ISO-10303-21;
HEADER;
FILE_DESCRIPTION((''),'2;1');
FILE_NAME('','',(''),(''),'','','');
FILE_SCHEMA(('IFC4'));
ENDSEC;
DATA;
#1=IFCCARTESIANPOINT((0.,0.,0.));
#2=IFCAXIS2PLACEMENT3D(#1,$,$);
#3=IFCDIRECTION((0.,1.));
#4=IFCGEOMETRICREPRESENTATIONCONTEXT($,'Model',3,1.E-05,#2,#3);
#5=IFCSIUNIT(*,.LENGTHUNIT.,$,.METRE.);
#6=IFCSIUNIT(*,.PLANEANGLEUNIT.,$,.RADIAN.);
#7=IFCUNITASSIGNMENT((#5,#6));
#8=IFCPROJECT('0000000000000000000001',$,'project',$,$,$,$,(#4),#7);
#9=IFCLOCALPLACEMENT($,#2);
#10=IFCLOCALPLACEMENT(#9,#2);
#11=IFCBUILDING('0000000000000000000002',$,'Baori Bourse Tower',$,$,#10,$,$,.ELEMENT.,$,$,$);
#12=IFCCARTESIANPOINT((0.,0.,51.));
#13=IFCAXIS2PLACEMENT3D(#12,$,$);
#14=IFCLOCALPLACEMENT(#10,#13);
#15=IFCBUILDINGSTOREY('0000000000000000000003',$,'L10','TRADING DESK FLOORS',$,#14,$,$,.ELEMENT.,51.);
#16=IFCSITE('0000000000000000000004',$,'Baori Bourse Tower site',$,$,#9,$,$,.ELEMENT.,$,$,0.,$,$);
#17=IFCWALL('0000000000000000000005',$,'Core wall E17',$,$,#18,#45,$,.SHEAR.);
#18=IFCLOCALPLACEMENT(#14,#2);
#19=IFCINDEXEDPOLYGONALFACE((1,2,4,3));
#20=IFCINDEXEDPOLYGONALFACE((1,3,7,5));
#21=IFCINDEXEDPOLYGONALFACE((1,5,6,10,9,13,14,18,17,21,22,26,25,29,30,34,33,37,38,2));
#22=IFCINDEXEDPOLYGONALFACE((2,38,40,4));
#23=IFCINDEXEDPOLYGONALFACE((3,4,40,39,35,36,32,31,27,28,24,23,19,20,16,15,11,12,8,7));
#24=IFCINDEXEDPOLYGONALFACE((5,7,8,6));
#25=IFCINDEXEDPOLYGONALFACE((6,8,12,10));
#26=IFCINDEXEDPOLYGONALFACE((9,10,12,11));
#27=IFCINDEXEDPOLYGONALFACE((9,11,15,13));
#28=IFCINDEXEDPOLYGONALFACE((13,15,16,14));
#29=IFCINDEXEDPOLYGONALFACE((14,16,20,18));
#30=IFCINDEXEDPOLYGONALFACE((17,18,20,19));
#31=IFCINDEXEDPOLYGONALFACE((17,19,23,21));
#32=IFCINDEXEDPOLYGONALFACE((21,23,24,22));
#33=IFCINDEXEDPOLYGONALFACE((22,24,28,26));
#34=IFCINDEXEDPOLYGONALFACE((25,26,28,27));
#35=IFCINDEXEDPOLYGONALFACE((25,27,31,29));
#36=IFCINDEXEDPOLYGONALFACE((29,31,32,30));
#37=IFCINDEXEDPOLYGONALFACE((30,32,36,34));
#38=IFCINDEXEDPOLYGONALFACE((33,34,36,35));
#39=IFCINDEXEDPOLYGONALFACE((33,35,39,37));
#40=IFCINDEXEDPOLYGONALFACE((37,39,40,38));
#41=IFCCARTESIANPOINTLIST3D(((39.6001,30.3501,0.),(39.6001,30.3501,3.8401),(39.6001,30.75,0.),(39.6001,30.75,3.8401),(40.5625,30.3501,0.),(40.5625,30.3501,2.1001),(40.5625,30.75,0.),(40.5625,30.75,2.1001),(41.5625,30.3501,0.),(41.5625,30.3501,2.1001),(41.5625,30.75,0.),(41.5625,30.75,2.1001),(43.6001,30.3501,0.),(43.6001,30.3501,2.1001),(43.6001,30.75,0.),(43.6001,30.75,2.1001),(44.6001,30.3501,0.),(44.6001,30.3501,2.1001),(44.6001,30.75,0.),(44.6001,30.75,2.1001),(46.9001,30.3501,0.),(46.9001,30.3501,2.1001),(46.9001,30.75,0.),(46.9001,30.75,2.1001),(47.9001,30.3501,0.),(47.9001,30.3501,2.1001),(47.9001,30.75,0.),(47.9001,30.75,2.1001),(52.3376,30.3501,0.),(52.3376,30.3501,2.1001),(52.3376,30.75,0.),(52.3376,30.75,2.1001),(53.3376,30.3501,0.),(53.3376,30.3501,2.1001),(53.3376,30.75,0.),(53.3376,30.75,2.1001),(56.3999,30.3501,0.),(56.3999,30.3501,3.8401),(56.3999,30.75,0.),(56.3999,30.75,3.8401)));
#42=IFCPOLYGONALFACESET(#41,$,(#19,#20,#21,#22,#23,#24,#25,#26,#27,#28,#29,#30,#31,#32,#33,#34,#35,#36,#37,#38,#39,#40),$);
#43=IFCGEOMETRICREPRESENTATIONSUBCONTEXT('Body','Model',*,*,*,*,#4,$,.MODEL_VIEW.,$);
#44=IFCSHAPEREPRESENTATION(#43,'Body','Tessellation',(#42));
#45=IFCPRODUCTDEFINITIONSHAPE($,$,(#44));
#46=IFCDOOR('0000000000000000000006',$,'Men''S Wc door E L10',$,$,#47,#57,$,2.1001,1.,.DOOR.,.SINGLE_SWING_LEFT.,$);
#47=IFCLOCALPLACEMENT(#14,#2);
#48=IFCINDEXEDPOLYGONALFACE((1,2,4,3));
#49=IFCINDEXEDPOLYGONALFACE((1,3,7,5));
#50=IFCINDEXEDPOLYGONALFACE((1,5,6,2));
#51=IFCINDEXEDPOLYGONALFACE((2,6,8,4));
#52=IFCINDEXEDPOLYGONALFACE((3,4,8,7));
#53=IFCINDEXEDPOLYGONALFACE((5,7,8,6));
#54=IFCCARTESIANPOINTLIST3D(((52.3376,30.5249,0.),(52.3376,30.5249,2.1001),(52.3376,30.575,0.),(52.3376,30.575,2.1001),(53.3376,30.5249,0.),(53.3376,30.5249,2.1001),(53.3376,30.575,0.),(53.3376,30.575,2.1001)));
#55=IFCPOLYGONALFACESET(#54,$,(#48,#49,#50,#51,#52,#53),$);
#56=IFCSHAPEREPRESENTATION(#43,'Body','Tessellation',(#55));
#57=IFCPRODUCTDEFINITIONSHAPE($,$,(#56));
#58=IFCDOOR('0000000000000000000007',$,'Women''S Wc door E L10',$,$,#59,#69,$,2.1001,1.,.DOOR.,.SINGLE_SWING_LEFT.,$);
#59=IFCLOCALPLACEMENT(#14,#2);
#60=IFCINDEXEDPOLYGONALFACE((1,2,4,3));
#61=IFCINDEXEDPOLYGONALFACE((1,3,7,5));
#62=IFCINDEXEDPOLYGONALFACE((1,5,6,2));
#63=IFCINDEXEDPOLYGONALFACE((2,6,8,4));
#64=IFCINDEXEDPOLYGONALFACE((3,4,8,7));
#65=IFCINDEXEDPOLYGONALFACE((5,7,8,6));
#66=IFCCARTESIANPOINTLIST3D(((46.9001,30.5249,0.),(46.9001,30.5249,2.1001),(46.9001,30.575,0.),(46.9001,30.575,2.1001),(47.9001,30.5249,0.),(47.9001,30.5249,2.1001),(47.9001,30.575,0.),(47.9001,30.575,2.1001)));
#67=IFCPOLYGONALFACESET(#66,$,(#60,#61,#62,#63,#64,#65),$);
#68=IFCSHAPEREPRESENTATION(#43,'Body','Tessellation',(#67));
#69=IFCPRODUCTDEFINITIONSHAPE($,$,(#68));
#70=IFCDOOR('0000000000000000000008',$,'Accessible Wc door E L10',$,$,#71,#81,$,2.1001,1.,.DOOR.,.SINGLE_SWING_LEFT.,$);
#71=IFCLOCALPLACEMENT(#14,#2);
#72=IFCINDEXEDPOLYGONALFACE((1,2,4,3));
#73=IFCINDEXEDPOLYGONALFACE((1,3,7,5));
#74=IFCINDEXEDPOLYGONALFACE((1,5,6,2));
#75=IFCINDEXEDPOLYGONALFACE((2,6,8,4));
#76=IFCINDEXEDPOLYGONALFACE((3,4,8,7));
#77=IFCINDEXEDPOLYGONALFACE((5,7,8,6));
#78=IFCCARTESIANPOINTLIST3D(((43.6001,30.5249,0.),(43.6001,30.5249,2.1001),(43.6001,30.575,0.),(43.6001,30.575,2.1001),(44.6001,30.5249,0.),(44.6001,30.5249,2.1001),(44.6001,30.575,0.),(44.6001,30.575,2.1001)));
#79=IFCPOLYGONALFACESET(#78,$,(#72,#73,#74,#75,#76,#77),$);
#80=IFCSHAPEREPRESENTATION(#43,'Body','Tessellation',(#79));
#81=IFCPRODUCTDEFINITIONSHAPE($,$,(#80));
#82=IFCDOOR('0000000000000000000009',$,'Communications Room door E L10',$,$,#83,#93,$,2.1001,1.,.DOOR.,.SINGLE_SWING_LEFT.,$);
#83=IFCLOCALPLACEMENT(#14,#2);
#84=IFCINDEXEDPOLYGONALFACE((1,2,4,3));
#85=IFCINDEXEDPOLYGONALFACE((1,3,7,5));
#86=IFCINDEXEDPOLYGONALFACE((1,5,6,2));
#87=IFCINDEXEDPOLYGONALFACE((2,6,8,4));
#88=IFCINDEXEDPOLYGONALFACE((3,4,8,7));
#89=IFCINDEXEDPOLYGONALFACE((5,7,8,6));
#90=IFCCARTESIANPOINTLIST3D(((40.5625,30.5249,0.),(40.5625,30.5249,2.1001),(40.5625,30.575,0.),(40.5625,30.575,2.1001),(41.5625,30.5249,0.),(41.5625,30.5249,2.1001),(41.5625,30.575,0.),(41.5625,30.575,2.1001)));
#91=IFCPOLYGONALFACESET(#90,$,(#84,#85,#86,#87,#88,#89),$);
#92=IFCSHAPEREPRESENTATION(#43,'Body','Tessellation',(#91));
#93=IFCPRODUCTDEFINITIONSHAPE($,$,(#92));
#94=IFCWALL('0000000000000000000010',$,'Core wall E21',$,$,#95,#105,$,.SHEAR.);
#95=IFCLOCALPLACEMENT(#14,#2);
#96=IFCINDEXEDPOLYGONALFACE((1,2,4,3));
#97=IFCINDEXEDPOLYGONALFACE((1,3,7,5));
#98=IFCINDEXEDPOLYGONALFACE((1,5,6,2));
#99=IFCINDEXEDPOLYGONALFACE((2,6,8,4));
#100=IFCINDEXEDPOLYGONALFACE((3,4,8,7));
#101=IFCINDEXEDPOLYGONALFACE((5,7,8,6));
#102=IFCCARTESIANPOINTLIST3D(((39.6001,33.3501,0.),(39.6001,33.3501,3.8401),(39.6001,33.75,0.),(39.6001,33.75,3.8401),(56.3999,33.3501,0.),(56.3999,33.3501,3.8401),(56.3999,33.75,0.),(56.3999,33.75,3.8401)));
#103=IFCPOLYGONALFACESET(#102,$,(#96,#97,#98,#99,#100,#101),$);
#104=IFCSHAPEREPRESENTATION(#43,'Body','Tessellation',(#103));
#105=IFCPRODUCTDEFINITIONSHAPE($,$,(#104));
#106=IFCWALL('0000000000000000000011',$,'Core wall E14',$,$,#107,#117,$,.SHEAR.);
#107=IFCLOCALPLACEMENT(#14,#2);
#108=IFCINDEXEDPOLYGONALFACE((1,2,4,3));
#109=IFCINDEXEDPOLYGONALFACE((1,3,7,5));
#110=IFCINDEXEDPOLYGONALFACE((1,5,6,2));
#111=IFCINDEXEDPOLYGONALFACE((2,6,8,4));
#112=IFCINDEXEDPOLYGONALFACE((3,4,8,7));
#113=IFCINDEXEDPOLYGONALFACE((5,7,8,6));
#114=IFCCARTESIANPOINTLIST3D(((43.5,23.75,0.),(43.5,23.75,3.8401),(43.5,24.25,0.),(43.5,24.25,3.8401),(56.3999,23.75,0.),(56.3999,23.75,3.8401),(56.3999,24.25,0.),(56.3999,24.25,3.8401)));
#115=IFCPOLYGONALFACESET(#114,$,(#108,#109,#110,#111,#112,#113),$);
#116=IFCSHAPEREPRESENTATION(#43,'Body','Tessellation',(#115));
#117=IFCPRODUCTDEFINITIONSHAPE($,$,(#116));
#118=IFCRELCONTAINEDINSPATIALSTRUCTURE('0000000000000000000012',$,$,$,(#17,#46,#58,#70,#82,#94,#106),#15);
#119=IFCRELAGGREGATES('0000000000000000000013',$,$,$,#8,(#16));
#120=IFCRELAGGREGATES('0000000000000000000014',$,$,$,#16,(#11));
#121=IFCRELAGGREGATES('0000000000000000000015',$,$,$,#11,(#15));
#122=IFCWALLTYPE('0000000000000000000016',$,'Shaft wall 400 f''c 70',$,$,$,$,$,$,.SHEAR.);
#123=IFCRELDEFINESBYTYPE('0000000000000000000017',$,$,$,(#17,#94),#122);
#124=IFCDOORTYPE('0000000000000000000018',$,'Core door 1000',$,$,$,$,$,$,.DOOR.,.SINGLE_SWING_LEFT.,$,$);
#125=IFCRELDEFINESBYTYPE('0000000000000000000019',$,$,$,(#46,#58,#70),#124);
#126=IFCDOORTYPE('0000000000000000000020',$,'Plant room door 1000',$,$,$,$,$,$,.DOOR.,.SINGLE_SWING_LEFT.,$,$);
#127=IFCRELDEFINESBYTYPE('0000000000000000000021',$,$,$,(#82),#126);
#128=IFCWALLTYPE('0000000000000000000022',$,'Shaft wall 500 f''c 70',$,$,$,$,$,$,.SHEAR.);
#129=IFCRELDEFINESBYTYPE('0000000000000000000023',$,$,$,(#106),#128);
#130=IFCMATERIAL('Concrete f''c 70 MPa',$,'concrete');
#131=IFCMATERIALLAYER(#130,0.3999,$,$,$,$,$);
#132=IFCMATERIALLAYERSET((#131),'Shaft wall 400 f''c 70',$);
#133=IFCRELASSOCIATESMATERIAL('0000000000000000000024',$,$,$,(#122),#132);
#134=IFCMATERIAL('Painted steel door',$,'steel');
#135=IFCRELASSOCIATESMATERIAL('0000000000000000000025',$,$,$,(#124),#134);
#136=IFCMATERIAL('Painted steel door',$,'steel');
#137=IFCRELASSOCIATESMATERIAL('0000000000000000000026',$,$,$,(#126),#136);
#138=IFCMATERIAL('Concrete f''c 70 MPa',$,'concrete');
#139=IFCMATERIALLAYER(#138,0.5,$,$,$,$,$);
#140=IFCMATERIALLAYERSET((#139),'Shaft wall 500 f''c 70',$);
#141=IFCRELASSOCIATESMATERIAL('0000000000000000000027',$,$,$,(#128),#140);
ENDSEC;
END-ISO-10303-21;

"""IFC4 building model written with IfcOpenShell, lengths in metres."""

from ifc_helpers import new_model, si_unit, direction, frame, frame_2d, origin, place, context, subcontext, project, spatial, rectangle, extrude, material, layer, layer_set, type_object, element, fill, save


model = new_model("IFC4")

# Units and contexts
model_context = context("Model", 3, precision=1e-05, world=origin(), true_north=direction((0.0, 1.0)))
body_context = subcontext(model_context, "Body", "Model", "MODEL_VIEW")
ifc_project = project(units=[si_unit("LENGTHUNIT", "METRE"), si_unit("PLANEANGLEUNIT", "RADIAN")], contexts=[model_context])

# Site, building, storey
site_placement = place(None, origin())
site = spatial("IfcSite", under=ifc_project, at=site_placement, Name="Baori Bourse Tower site", CompositionType="ELEMENT", RefElevation=0.0)
building_placement = place(site_placement, origin())
building = spatial("IfcBuilding", under=site, at=building_placement, Name="Baori Bourse Tower", CompositionType="ELEMENT")
storey_placement = place(building_placement, frame((0.0, 0.0, 51.0)))
storey = spatial("IfcBuildingStorey", under=building, at=storey_placement, Name="L10", Description="TRADING DESK FLOORS", CompositionType="ELEMENT", Elevation=51.0)

# Shared definitions
ifc_material_1 = material(Name="Concrete f'c 70 MPa", Category="concrete")
ifc_layer_1 = layer(ifc_material_1, 0.3999)
ifc_layer_set_1 = layer_set([ifc_layer_1], Name="Shaft wall 400 f'c 70")
wall_type_1 = type_object("IfcWallType", Name="Shaft wall 400 f'c 70", PredefinedType="SHEAR", material=ifc_layer_set_1)

# Wall, openings, doors
wall_1_placement = place(storey_placement, frame((39.6001, 30.55, 0.0), z_axis=(0.0, 0.0, 1.0), x_axis=(1.0, 0.0, 0.0)))
wall_1 = element("IfcWall", 1, at=wall_1_placement, inside=storey, type_object=wall_type_1, Name="Core wall E17", PredefinedType="SHEAR", context=body_context, shape_type="SweptSolid", body=[
    extrude(rectangle(XDim=16.7998, YDim=0.3999, at=frame_2d((8.3999, 0.0))), origin(), (0.0, 0.0, 1.0), 3.8401),
])
opening_1_placement = place(wall_1_placement, frame((12.7375, 0.0, 0.0)))
opening_1 = element("IfcOpeningElement", 2, at=opening_1_placement, cuts=wall_1, PredefinedType="OPENING", context=body_context, shape_type="SweptSolid", body=[
    extrude(rectangle(XDim=1.0, YDim=2.1001, at=frame_2d((0.5, 1.05))), frame((0.0, 0.21, 0.0), z_axis=(0.0, -1.0, 0.0), x_axis=(1.0, 0.0, 0.0)), (0.0, 0.0, 1.0), 0.4199),
])
opening_2_placement = place(wall_1_placement, frame((7.3, 0.0, 0.0)))
opening_2 = element("IfcOpeningElement", 3, at=opening_2_placement, cuts=wall_1, PredefinedType="OPENING", context=body_context, shape_type="SweptSolid", body=[
    extrude(rectangle(XDim=1.0, YDim=2.1001, at=frame_2d((0.5, 1.05))), frame((0.0, 0.21, 0.0), z_axis=(0.0, -1.0, 0.0), x_axis=(1.0, 0.0, 0.0)), (0.0, 0.0, 1.0), 0.4199),
])
opening_3_placement = place(wall_1_placement, frame((4.0, 0.0, 0.0)))
opening_3 = element("IfcOpeningElement", 4, at=opening_3_placement, cuts=wall_1, PredefinedType="OPENING", context=body_context, shape_type="SweptSolid", body=[
    extrude(rectangle(XDim=1.0, YDim=2.1001, at=frame_2d((0.5, 1.05))), frame((0.0, 0.21, 0.0), z_axis=(0.0, -1.0, 0.0), x_axis=(1.0, 0.0, 0.0)), (0.0, 0.0, 1.0), 0.4199),
])
opening_4_placement = place(wall_1_placement, frame((0.9624, 0.0, 0.0)))
opening_4 = element("IfcOpeningElement", 5, at=opening_4_placement, cuts=wall_1, PredefinedType="OPENING", context=body_context, shape_type="SweptSolid", body=[
    extrude(rectangle(XDim=1.0, YDim=2.1001, at=frame_2d((0.5, 1.05))), frame((0.0, 0.21, 0.0), z_axis=(0.0, -1.0, 0.0), x_axis=(1.0, 0.0, 0.0)), (0.0, 0.0, 1.0), 0.4199),
])
ifc_material_2 = material(Name="Painted steel door", Category="steel")
door_type_1 = type_object("IfcDoorType", Name="Core door 1000", OperationType="SINGLE_SWING_LEFT", PredefinedType="DOOR", material=ifc_material_2)
door_1_placement = place(opening_1_placement, origin())
door_1 = element("IfcDoor", 6, at=door_1_placement, inside=storey, type_object=door_type_1, Name="Men'S Wc door E L10", OperationType="SINGLE_SWING_LEFT", OverallHeight=2.1001, OverallWidth=1.0, PredefinedType="DOOR", context=body_context, shape_type="SweptSolid", body=[
    extrude(rectangle(XDim=1.0, YDim=2.1001, at=frame_2d((0.5, 1.05))), frame((0.0, 0.0249, 0.0), z_axis=(0.0, -1.0, 0.0), x_axis=(1.0, 0.0, 0.0)), (0.0, 0.0, 1.0), 0.05),
])
fill(opening_1, door_1)
door_2_placement = place(opening_2_placement, origin())
door_2 = element("IfcDoor", 7, at=door_2_placement, inside=storey, type_object=door_type_1, Name="Women'S Wc door E L10", OperationType="SINGLE_SWING_LEFT", OverallHeight=2.1001, OverallWidth=1.0, PredefinedType="DOOR", context=body_context, shape_type="SweptSolid", body=[
    extrude(rectangle(XDim=1.0, YDim=2.1001, at=frame_2d((0.5, 1.05))), frame((0.0, 0.0249, 0.0), z_axis=(0.0, -1.0, 0.0), x_axis=(1.0, 0.0, 0.0)), (0.0, 0.0, 1.0), 0.05),
])
fill(opening_2, door_2)
door_3_placement = place(opening_3_placement, origin())
door_3 = element("IfcDoor", 8, at=door_3_placement, inside=storey, type_object=door_type_1, Name="Accessible Wc door E L10", OperationType="SINGLE_SWING_LEFT", OverallHeight=2.1001, OverallWidth=1.0, PredefinedType="DOOR", context=body_context, shape_type="SweptSolid", body=[
    extrude(rectangle(XDim=1.0, YDim=2.1001, at=frame_2d((0.5, 1.05))), frame((0.0, 0.0249, 0.0), z_axis=(0.0, -1.0, 0.0), x_axis=(1.0, 0.0, 0.0)), (0.0, 0.0, 1.0), 0.05),
])
fill(opening_3, door_3)
ifc_material_3 = material(Name="Painted steel door", Category="steel")
door_type_2 = type_object("IfcDoorType", Name="Plant room door 1000", OperationType="SINGLE_SWING_LEFT", PredefinedType="DOOR", material=ifc_material_3)
door_4_placement = place(opening_4_placement, origin())
door_4 = element("IfcDoor", 9, at=door_4_placement, inside=storey, type_object=door_type_2, Name="Communications Room door E L10", OperationType="SINGLE_SWING_LEFT", OverallHeight=2.1001, OverallWidth=1.0, PredefinedType="DOOR", context=body_context, shape_type="SweptSolid", body=[
    extrude(rectangle(XDim=1.0, YDim=2.1001, at=frame_2d((0.5, 1.05))), frame((0.0, 0.0249, 0.0), z_axis=(0.0, -1.0, 0.0), x_axis=(1.0, 0.0, 0.0)), (0.0, 0.0, 1.0), 0.05),
])
fill(opening_4, door_4)

# Walls
wall_2_placement = place(storey_placement, frame((39.6001, 33.55, 0.0), z_axis=(0.0, 0.0, 1.0), x_axis=(1.0, 0.0, 0.0)))
element("IfcWall", 10, at=wall_2_placement, inside=storey, type_object=wall_type_1, Name="Core wall E21", PredefinedType="SHEAR", context=body_context, shape_type="SweptSolid", body=[
    extrude(rectangle(XDim=16.7998, YDim=0.3999, at=frame_2d((8.3999, 0.0))), origin(), (0.0, 0.0, 1.0), 3.8401),
])
ifc_material_4 = material(Name="Concrete f'c 70 MPa", Category="concrete")
ifc_layer_2 = layer(ifc_material_4, 0.5)
ifc_layer_set_2 = layer_set([ifc_layer_2], Name="Shaft wall 500 f'c 70")
wall_type_2 = type_object("IfcWallType", Name="Shaft wall 500 f'c 70", PredefinedType="SHEAR", material=ifc_layer_set_2)
wall_3_placement = place(storey_placement, frame((43.5, 24.0, 0.0), z_axis=(0.0, 0.0, 1.0), x_axis=(1.0, 0.0, 0.0)))
element("IfcWall", 11, at=wall_3_placement, inside=storey, type_object=wall_type_2, Name="Core wall E14", PredefinedType="SHEAR", context=body_context, shape_type="SweptSolid", body=[
    extrude(rectangle(XDim=12.8999, YDim=0.5, at=frame_2d((6.45, 0.0))), origin(), (0.0, 0.0, 1.0), 3.8401),
])

save(model, "model.ifc")
